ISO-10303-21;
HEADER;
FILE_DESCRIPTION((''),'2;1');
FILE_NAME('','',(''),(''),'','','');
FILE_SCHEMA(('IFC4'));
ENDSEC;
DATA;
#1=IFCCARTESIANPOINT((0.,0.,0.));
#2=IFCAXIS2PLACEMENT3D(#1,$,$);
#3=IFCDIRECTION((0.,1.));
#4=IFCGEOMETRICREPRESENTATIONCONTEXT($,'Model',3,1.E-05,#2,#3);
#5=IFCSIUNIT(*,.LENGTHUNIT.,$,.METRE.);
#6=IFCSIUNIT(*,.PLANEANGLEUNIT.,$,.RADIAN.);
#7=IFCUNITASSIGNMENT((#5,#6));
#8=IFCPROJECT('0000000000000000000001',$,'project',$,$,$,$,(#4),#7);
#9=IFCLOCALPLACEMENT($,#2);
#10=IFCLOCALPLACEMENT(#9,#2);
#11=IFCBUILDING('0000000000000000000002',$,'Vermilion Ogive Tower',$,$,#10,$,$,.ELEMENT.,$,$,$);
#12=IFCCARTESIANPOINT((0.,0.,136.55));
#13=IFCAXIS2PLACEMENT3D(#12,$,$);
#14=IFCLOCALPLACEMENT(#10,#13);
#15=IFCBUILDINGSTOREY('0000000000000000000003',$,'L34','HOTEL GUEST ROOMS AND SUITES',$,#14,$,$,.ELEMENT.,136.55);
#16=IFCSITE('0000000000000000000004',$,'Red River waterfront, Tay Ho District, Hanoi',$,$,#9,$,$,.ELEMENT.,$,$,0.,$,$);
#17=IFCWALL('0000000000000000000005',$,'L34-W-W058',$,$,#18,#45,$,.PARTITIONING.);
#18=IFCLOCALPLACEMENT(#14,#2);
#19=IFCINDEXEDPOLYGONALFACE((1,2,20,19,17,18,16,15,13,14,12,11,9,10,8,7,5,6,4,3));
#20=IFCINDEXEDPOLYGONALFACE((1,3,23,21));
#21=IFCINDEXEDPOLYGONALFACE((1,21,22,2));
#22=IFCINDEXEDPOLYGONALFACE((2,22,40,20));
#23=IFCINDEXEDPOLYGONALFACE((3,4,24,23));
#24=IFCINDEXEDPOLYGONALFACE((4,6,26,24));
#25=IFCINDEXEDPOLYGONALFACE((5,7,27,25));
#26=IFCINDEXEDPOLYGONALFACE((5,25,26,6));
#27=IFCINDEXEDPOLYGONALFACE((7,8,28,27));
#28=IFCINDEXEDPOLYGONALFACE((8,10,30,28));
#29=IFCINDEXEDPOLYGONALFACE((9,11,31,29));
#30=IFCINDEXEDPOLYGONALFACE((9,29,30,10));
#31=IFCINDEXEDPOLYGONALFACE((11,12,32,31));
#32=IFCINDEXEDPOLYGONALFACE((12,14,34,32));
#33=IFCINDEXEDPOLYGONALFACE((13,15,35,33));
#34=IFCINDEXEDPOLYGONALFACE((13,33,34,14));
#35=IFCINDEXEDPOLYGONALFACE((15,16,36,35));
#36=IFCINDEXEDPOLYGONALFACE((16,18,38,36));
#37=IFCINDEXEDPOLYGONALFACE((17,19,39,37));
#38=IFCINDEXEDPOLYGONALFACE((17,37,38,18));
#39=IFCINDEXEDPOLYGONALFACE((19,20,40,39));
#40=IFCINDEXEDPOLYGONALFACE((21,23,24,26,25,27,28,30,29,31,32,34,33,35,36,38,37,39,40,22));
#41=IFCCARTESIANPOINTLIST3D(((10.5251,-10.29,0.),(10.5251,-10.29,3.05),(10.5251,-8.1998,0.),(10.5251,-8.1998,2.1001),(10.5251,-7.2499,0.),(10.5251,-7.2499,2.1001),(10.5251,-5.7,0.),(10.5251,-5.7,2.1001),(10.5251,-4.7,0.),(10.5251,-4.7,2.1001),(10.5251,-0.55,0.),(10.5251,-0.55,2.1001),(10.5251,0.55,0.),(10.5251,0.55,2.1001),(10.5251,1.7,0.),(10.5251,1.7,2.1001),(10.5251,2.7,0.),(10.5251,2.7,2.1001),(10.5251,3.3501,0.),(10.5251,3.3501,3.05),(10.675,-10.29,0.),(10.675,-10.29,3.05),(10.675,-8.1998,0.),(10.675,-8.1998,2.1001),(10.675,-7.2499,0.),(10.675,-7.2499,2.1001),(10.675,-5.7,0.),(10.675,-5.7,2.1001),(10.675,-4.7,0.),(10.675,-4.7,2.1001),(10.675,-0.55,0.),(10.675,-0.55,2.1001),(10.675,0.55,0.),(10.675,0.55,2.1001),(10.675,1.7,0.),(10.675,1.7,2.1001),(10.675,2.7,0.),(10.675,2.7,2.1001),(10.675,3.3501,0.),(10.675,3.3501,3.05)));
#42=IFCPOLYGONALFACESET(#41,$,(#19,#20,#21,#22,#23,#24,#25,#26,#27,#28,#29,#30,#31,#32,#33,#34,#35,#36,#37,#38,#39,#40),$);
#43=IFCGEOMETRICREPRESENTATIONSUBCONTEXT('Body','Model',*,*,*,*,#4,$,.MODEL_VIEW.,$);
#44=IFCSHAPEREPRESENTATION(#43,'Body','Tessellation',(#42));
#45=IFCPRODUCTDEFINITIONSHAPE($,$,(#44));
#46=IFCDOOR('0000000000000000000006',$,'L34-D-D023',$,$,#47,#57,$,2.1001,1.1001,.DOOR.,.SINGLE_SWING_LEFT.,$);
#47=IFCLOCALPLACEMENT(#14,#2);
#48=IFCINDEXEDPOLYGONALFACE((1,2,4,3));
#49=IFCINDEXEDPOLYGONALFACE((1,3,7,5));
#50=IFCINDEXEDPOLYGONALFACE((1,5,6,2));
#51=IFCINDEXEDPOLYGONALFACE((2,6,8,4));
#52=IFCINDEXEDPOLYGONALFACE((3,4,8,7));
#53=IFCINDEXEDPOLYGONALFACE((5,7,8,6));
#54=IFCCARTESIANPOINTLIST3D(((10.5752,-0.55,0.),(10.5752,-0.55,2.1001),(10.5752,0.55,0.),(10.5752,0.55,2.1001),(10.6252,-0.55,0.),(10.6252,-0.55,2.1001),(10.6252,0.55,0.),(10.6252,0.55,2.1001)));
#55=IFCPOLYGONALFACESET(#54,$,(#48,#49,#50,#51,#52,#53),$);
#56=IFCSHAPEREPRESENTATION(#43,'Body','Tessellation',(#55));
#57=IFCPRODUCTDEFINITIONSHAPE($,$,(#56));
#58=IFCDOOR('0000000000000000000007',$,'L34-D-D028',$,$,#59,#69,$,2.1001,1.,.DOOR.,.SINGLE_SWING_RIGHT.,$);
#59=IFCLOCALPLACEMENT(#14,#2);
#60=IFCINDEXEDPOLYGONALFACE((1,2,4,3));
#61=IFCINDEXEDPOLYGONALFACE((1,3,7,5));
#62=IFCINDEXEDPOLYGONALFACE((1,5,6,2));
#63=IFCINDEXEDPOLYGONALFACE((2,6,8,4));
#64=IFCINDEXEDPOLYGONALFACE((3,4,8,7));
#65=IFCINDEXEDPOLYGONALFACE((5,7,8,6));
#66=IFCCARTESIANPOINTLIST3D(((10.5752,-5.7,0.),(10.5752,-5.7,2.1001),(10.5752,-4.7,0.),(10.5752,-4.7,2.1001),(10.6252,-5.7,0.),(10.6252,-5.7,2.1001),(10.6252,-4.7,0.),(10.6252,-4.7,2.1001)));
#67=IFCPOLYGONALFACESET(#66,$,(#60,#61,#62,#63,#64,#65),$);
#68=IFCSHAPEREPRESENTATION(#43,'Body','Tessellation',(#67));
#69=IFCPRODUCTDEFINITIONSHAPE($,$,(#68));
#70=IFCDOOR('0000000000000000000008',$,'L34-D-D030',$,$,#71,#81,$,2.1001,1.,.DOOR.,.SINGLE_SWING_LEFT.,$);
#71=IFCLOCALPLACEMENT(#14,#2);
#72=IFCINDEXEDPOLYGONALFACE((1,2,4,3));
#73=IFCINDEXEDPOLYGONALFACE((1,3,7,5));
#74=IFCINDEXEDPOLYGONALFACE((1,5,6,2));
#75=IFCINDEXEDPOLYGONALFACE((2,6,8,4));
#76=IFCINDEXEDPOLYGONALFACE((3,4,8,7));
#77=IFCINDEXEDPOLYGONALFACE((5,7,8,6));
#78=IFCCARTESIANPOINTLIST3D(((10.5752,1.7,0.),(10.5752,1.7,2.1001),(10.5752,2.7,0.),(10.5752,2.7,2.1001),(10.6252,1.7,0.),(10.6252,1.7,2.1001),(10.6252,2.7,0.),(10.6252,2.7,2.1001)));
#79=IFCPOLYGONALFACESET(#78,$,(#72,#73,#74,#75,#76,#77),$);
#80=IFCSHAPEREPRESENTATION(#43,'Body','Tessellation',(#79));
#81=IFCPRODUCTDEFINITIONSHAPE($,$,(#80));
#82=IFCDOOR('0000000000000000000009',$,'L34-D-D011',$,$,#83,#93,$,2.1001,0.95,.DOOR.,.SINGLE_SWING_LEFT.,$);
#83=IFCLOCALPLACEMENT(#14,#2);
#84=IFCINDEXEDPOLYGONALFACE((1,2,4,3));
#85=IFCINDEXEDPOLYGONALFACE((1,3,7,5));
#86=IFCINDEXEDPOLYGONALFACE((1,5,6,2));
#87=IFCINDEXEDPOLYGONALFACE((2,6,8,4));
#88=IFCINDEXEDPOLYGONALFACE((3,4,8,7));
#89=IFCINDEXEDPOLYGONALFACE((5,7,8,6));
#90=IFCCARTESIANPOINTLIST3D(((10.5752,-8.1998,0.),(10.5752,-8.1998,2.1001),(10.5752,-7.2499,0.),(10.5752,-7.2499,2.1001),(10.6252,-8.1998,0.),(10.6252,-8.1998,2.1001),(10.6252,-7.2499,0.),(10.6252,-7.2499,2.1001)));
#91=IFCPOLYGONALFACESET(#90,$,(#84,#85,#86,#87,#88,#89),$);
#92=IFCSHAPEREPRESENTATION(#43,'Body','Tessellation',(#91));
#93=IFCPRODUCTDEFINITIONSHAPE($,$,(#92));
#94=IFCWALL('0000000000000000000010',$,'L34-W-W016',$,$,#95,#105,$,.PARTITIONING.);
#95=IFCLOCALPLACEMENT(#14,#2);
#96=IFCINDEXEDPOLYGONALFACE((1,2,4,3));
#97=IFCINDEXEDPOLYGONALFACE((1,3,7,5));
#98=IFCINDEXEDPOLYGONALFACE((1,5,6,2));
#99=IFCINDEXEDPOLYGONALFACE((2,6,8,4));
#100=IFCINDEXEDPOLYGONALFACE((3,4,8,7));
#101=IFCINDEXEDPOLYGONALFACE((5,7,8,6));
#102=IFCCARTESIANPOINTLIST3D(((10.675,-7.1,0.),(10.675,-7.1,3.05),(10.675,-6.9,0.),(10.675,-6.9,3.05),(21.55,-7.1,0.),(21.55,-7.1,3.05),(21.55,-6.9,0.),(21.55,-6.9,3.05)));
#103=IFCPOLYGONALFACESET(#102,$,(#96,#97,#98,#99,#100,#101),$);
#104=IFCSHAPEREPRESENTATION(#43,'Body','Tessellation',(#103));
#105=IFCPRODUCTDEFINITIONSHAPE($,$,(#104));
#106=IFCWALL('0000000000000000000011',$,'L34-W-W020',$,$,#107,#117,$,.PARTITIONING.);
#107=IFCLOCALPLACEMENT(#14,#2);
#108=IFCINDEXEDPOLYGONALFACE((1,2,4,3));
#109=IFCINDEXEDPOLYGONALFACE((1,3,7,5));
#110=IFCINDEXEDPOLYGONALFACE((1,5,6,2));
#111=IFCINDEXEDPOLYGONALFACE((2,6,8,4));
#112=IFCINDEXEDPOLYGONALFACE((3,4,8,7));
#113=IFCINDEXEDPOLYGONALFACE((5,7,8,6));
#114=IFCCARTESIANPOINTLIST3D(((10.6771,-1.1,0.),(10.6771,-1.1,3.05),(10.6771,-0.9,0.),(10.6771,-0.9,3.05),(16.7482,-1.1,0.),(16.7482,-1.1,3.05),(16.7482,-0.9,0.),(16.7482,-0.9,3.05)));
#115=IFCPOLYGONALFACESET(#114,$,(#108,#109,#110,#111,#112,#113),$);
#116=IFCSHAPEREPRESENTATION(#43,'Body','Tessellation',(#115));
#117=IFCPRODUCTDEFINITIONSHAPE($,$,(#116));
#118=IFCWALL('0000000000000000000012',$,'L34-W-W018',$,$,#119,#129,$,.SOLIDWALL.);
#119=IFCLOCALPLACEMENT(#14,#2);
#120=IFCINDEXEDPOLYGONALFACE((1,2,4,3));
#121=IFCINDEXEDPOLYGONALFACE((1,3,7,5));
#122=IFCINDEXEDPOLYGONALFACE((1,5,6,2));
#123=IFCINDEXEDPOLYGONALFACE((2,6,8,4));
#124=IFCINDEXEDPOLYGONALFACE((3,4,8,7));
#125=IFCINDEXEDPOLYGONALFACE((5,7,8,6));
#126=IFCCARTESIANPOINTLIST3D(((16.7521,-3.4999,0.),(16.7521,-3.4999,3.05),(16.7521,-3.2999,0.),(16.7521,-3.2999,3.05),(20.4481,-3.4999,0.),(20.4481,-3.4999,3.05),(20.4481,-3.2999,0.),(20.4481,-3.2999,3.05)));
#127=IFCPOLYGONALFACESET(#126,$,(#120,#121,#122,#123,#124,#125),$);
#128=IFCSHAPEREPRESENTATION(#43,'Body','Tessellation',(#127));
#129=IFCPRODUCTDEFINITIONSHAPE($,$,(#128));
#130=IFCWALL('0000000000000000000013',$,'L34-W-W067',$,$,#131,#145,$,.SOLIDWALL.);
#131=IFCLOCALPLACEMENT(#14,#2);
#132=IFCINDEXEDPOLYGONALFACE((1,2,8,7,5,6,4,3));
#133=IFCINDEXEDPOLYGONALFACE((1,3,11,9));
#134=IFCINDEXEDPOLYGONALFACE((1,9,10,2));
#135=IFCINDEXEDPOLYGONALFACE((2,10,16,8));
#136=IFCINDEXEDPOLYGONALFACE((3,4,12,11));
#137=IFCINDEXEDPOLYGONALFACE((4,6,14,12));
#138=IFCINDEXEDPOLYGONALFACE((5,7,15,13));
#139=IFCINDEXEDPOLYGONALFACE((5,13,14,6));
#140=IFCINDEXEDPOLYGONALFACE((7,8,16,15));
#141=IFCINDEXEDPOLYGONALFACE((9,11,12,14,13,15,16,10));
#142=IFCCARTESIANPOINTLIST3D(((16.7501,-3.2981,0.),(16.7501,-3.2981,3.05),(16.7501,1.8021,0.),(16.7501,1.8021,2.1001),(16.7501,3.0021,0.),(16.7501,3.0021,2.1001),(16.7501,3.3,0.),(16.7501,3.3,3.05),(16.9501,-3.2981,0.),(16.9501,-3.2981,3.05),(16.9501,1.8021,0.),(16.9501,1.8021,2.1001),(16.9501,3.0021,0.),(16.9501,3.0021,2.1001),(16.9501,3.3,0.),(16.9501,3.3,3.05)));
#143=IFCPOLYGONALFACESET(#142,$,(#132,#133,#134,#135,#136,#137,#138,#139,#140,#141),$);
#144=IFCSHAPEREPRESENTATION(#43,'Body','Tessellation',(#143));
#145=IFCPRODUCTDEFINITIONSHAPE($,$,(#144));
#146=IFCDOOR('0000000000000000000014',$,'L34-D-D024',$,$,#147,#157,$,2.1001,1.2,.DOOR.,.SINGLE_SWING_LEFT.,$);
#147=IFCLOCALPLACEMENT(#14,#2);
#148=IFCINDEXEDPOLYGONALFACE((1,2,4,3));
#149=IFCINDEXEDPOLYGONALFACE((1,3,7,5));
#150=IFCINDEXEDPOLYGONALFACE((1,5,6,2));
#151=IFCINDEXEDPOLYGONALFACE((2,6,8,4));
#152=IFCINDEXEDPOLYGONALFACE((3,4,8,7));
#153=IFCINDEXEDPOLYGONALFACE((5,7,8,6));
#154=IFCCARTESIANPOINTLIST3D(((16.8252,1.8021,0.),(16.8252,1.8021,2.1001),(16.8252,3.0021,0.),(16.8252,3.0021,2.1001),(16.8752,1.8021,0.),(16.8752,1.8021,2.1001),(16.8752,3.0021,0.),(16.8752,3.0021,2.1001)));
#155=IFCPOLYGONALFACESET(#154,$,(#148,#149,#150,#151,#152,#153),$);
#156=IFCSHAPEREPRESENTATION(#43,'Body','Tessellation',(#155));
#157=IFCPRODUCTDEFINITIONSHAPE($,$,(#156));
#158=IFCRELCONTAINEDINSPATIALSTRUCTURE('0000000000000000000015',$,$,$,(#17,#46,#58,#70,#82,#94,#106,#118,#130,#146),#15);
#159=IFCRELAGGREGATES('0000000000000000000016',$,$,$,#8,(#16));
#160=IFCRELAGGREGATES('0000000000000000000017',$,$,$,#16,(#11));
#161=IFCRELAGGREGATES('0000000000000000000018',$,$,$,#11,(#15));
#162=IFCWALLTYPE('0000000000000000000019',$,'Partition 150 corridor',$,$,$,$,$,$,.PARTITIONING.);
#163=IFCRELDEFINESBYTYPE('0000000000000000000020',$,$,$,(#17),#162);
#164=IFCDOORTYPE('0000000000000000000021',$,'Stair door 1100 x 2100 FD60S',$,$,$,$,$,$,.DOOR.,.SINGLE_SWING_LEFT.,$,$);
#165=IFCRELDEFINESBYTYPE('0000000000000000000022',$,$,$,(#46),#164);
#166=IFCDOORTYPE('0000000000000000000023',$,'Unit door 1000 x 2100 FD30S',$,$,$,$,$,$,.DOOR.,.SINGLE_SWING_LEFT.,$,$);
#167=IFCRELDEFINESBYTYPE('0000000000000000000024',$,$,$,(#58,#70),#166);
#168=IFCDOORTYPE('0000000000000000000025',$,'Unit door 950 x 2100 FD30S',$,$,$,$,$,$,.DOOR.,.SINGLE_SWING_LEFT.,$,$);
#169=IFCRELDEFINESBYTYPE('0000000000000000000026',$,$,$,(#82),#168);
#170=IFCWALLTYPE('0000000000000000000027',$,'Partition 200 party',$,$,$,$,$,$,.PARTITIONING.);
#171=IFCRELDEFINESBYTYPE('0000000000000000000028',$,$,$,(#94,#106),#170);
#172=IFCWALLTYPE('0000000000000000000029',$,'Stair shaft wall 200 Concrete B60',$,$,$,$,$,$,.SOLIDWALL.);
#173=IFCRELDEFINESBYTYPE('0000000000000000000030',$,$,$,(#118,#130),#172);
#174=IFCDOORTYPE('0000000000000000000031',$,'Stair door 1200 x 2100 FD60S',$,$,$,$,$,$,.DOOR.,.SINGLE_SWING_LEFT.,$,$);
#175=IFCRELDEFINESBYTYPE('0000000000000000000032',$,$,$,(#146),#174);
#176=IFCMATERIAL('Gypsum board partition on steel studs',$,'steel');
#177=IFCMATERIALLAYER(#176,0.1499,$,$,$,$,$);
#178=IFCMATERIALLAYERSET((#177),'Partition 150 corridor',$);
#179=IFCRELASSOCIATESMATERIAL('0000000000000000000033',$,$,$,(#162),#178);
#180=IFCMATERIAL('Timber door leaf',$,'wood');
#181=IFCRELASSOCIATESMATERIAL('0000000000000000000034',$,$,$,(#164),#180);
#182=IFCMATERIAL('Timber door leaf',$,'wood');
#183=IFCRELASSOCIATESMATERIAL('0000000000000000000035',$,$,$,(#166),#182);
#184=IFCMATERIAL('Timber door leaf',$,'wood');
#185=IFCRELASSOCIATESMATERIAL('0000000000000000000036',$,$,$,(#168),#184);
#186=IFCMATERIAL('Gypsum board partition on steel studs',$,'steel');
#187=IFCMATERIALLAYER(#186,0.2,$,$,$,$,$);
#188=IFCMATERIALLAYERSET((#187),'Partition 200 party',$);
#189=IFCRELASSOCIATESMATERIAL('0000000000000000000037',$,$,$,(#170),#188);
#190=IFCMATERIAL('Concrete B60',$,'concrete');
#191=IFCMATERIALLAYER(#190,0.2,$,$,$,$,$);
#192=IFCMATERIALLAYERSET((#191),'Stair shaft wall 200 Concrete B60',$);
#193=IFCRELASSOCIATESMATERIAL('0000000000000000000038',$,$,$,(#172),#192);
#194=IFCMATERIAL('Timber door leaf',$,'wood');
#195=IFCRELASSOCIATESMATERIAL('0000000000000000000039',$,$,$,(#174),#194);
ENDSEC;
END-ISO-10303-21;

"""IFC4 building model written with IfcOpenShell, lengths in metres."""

from ifc_helpers import new_model, si_unit, direction, frame, frame_2d, origin, place, context, subcontext, project, spatial, rectangle, extrude, material, layer, layer_set, type_object, element, fill, save


model = new_model("IFC4")

# Units and contexts
model_context = context("Model", 3, precision=1e-05, world=origin(), true_north=direction((0.0, 1.0)))
body_context = subcontext(model_context, "Body", "Model", "MODEL_VIEW")
ifc_project = project(units=[si_unit("LENGTHUNIT", "METRE"), si_unit("PLANEANGLEUNIT", "RADIAN")], contexts=[model_context])

# Site, building, storey
site_placement = place(None, origin())
site = spatial("IfcSite", under=ifc_project, at=site_placement, Name="Red River waterfront, Tay Ho District, Hanoi", CompositionType="ELEMENT", RefElevation=0.0)
building_placement = place(site_placement, origin())
building = spatial("IfcBuilding", under=site, at=building_placement, Name="Vermilion Ogive Tower", CompositionType="ELEMENT")
storey_placement = place(building_placement, frame((0.0, 0.0, 136.55)))
storey = spatial("IfcBuildingStorey", under=building, at=storey_placement, Name="L34", Description="HOTEL GUEST ROOMS AND SUITES", CompositionType="ELEMENT", Elevation=136.55)

# Wall, openings, doors
ifc_material_1 = material(Name="Gypsum board partition on steel studs", Category="steel")
ifc_layer_1 = layer(ifc_material_1, 0.1499)
ifc_layer_set_1 = layer_set([ifc_layer_1], Name="Partition 150 corridor")
wall_type_1 = type_object("IfcWallType", Name="Partition 150 corridor", PredefinedType="PARTITIONING", material=ifc_layer_set_1)
wall_1_placement = place(storey_placement, frame((10.6001, -10.29, 0.0), z_axis=(0.0, 0.0, 1.0), x_axis=(0.0, 1.0, 0.0)))
wall_1 = element("IfcWall", 1, at=wall_1_placement, inside=storey, type_object=wall_type_1, Name="L34-W-W058", PredefinedType="PARTITIONING", context=body_context, shape_type="SweptSolid", body=[
    extrude(rectangle(XDim=13.6401, YDim=0.1499, at=frame_2d((6.8201, 0.0))), origin(), (0.0, 0.0, 1.0), 3.05),
])
opening_1_placement = place(wall_1_placement, frame((2.0901, 0.0, 0.0)))
opening_1 = element("IfcOpeningElement", 2, at=opening_1_placement, cuts=wall_1, PredefinedType="OPENING", context=body_context, shape_type="SweptSolid", body=[
    extrude(rectangle(XDim=0.95, YDim=2.1001, at=frame_2d((0.4751, 1.05))), frame((0.0, 0.085, 0.0), z_axis=(0.0, -1.0, 0.0), x_axis=(1.0, 0.0, 0.0)), (0.0, 0.0, 1.0), 0.1699),
])
opening_2_placement = place(wall_1_placement, frame((9.74, 0.0, 0.0)))
opening_2 = element("IfcOpeningElement", 3, at=opening_2_placement, cuts=wall_1, PredefinedType="OPENING", context=body_context, shape_type="SweptSolid", body=[
    extrude(rectangle(XDim=1.1001, YDim=2.1001, at=frame_2d((0.55, 1.05))), frame((0.0, 0.085, 0.0), z_axis=(0.0, -1.0, 0.0), x_axis=(1.0, 0.0, 0.0)), (0.0, 0.0, 1.0), 0.1699),
])
opening_3_placement = place(wall_1_placement, frame((4.5901, 0.0, 0.0)))
opening_3 = element("IfcOpeningElement", 4, at=opening_3_placement, cuts=wall_1, PredefinedType="OPENING", context=body_context, shape_type="SweptSolid", body=[
    extrude(rectangle(XDim=1.0, YDim=2.1001, at=frame_2d((0.5, 1.05))), frame((0.0, 0.085, 0.0), z_axis=(0.0, -1.0, 0.0), x_axis=(1.0, 0.0, 0.0)), (0.0, 0.0, 1.0), 0.1699),
])
opening_4_placement = place(wall_1_placement, frame((11.99, 0.0, 0.0)))
opening_4 = element("IfcOpeningElement", 5, at=opening_4_placement, cuts=wall_1, PredefinedType="OPENING", context=body_context, shape_type="SweptSolid", body=[
    extrude(rectangle(XDim=1.0, YDim=2.1001, at=frame_2d((0.5, 1.05))), frame((0.0, 0.085, 0.0), z_axis=(0.0, -1.0, 0.0), x_axis=(1.0, 0.0, 0.0)), (0.0, 0.0, 1.0), 0.1699),
])
ifc_material_2 = material(Name="Timber door leaf", Category="wood")
door_type_1 = type_object("IfcDoorType", Name="Stair door 1100 x 2100 FD60S", OperationType="SINGLE_SWING_LEFT", PredefinedType="DOOR", material=ifc_material_2)
door_1_placement = place(opening_2_placement, origin())
door_1 = element("IfcDoor", 6, at=door_1_placement, inside=storey, type_object=door_type_1, Name="L34-D-D023", OperationType="SINGLE_SWING_LEFT", OverallHeight=2.1001, OverallWidth=1.1001, PredefinedType="DOOR", context=body_context, shape_type="SweptSolid", body=[
    extrude(rectangle(XDim=1.1001, YDim=2.1001, at=frame_2d((0.55, 1.05))), frame((0.0, 0.0249, 0.0), z_axis=(0.0, -1.0, 0.0), x_axis=(1.0, 0.0, 0.0)), (0.0, 0.0, 1.0), 0.05),
])
fill(opening_2, door_1)
ifc_material_3 = material(Name="Timber door leaf", Category="wood")
door_type_2 = type_object("IfcDoorType", Name="Unit door 1000 x 2100 FD30S", OperationType="SINGLE_SWING_LEFT", PredefinedType="DOOR", material=ifc_material_3)
door_2_placement = place(opening_3_placement, origin())
door_2 = element("IfcDoor", 7, at=door_2_placement, inside=storey, type_object=door_type_2, Name="L34-D-D028", OperationType="SINGLE_SWING_RIGHT", OverallHeight=2.1001, OverallWidth=1.0, PredefinedType="DOOR", context=body_context, shape_type="SweptSolid", body=[
    extrude(rectangle(XDim=1.0, YDim=2.1001, at=frame_2d((0.5, 1.05))), frame((0.0, 0.0249, 0.0), z_axis=(0.0, -1.0, 0.0), x_axis=(1.0, 0.0, 0.0)), (0.0, 0.0, 1.0), 0.05),
])
fill(opening_3, door_2)
door_3_placement = place(opening_4_placement, origin())
door_3 = element("IfcDoor", 8, at=door_3_placement, inside=storey, type_object=door_type_2, Name="L34-D-D030", OperationType="SINGLE_SWING_LEFT", OverallHeight=2.1001, OverallWidth=1.0, PredefinedType="DOOR", context=body_context, shape_type="SweptSolid", body=[
    extrude(rectangle(XDim=1.0, YDim=2.1001, at=frame_2d((0.5, 1.05))), frame((0.0, 0.0249, 0.0), z_axis=(0.0, -1.0, 0.0), x_axis=(1.0, 0.0, 0.0)), (0.0, 0.0, 1.0), 0.05),
])
fill(opening_4, door_3)
ifc_material_4 = material(Name="Timber door leaf", Category="wood")
door_type_3 = type_object("IfcDoorType", Name="Unit door 950 x 2100 FD30S", OperationType="SINGLE_SWING_LEFT", PredefinedType="DOOR", material=ifc_material_4)
door_4_placement = place(opening_1_placement, origin())
door_4 = element("IfcDoor", 9, at=door_4_placement, inside=storey, type_object=door_type_3, Name="L34-D-D011", OperationType="SINGLE_SWING_LEFT", OverallHeight=2.1001, OverallWidth=0.95, PredefinedType="DOOR", context=body_context, shape_type="SweptSolid", body=[
    extrude(rectangle(XDim=0.95, YDim=2.1001, at=frame_2d((0.4751, 1.05))), frame((0.0, 0.0249, 0.0), z_axis=(0.0, -1.0, 0.0), x_axis=(1.0, 0.0, 0.0)), (0.0, 0.0, 1.0), 0.05),
])
fill(opening_1, door_4)

# Walls
ifc_material_5 = material(Name="Gypsum board partition on steel studs", Category="steel")
ifc_layer_2 = layer(ifc_material_5, 0.2)
ifc_layer_set_2 = layer_set([ifc_layer_2], Name="Partition 200 party")
wall_type_2 = type_object("IfcWallType", Name="Partition 200 party", PredefinedType="PARTITIONING", material=ifc_layer_set_2)
wall_2_placement = place(storey_placement, frame((10.675, -7.0, 0.0), z_axis=(0.0, 0.0, 1.0), x_axis=(1.0, 0.0, 0.0)))
element("IfcWall", 10, at=wall_2_placement, inside=storey, type_object=wall_type_2, Name="L34-W-W016", PredefinedType="PARTITIONING", context=body_context, shape_type="SweptSolid", body=[
    extrude(rectangle(XDim=10.875, YDim=0.2, at=frame_2d((5.4375, 0.0))), origin(), (0.0, 0.0, 1.0), 3.05),
])
wall_3_placement = place(storey_placement, frame((10.677, -1.0, 0.0), z_axis=(0.0, 0.0, 1.0), x_axis=(1.0, 0.0, 0.0)))
element("IfcWall", 11, at=wall_3_placement, inside=storey, type_object=wall_type_2, Name="L34-W-W020", PredefinedType="PARTITIONING", context=body_context, shape_type="SweptSolid", body=[
    extrude(rectangle(XDim=6.071, YDim=0.2, at=frame_2d((3.0356, 0.0))), origin(), (0.0, 0.0, 1.0), 3.05),
])
ifc_material_6 = material(Name="Concrete B60", Category="concrete")
ifc_layer_3 = layer(ifc_material_6, 0.2)
ifc_layer_set_3 = layer_set([ifc_layer_3], Name="Stair shaft wall 200 Concrete B60")
wall_type_3 = type_object("IfcWallType", Name="Stair shaft wall 200 Concrete B60", PredefinedType="SOLIDWALL", material=ifc_layer_set_3)
wall_4_placement = place(storey_placement, frame((16.752, -3.3999, 0.0), z_axis=(0.0, 0.0, 1.0), x_axis=(1.0, 0.0, 0.0)))
element("IfcWall", 12, at=wall_4_placement, inside=storey, type_object=wall_type_3, Name="L34-W-W018", PredefinedType="SOLIDWALL", context=body_context, shape_type="SweptSolid", body=[
    extrude(rectangle(XDim=3.696, YDim=0.2, at=frame_2d((1.8481, 0.0))), origin(), (0.0, 0.0, 1.0), 3.05),
])

# Wall, opening, door
wall_5_placement = place(storey_placement, frame((16.8501, -3.2981, 0.0), z_axis=(0.0, 0.0, 1.0), x_axis=(0.0, 1.0, 0.0)))
wall_5 = element("IfcWall", 13, at=wall_5_placement, inside=storey, type_object=wall_type_3, Name="L34-W-W067", PredefinedType="SOLIDWALL", context=body_context, shape_type="SweptSolid", body=[
    extrude(rectangle(XDim=6.5981, YDim=0.2, at=frame_2d((3.2991, 0.0))), origin(), (0.0, 0.0, 1.0), 3.05),
])
opening_5_placement = place(wall_5_placement, frame((5.1001, 0.0, 0.0)))
opening_5 = element("IfcOpeningElement", 14, at=opening_5_placement, cuts=wall_5, PredefinedType="OPENING", context=body_context, shape_type="SweptSolid", body=[
    extrude(rectangle(XDim=1.2, YDim=2.1001, at=frame_2d((0.6001, 1.05))), frame((0.0, 0.1099, 0.0), z_axis=(0.0, -1.0, 0.0), x_axis=(1.0, 0.0, 0.0)), (0.0, 0.0, 1.0), 0.22),
])
ifc_material_7 = material(Name="Timber door leaf", Category="wood")
door_type_4 = type_object("IfcDoorType", Name="Stair door 1200 x 2100 FD60S", OperationType="SINGLE_SWING_LEFT", PredefinedType="DOOR", material=ifc_material_7)
door_5_placement = place(opening_5_placement, origin())
door_5 = element("IfcDoor", 15, at=door_5_placement, inside=storey, type_object=door_type_4, Name="L34-D-D024", OperationType="SINGLE_SWING_LEFT", OverallHeight=2.1001, OverallWidth=1.2, PredefinedType="DOOR", context=body_context, shape_type="SweptSolid", body=[
    extrude(rectangle(XDim=1.2, YDim=2.1001, at=frame_2d((0.6001, 1.05))), frame((0.0, 0.0249, 0.0), z_axis=(0.0, -1.0, 0.0), x_axis=(1.0, 0.0, 0.0)), (0.0, 0.0, 1.0), 0.05),
])
fill(opening_5, door_5)

save(model, "model.ifc")
